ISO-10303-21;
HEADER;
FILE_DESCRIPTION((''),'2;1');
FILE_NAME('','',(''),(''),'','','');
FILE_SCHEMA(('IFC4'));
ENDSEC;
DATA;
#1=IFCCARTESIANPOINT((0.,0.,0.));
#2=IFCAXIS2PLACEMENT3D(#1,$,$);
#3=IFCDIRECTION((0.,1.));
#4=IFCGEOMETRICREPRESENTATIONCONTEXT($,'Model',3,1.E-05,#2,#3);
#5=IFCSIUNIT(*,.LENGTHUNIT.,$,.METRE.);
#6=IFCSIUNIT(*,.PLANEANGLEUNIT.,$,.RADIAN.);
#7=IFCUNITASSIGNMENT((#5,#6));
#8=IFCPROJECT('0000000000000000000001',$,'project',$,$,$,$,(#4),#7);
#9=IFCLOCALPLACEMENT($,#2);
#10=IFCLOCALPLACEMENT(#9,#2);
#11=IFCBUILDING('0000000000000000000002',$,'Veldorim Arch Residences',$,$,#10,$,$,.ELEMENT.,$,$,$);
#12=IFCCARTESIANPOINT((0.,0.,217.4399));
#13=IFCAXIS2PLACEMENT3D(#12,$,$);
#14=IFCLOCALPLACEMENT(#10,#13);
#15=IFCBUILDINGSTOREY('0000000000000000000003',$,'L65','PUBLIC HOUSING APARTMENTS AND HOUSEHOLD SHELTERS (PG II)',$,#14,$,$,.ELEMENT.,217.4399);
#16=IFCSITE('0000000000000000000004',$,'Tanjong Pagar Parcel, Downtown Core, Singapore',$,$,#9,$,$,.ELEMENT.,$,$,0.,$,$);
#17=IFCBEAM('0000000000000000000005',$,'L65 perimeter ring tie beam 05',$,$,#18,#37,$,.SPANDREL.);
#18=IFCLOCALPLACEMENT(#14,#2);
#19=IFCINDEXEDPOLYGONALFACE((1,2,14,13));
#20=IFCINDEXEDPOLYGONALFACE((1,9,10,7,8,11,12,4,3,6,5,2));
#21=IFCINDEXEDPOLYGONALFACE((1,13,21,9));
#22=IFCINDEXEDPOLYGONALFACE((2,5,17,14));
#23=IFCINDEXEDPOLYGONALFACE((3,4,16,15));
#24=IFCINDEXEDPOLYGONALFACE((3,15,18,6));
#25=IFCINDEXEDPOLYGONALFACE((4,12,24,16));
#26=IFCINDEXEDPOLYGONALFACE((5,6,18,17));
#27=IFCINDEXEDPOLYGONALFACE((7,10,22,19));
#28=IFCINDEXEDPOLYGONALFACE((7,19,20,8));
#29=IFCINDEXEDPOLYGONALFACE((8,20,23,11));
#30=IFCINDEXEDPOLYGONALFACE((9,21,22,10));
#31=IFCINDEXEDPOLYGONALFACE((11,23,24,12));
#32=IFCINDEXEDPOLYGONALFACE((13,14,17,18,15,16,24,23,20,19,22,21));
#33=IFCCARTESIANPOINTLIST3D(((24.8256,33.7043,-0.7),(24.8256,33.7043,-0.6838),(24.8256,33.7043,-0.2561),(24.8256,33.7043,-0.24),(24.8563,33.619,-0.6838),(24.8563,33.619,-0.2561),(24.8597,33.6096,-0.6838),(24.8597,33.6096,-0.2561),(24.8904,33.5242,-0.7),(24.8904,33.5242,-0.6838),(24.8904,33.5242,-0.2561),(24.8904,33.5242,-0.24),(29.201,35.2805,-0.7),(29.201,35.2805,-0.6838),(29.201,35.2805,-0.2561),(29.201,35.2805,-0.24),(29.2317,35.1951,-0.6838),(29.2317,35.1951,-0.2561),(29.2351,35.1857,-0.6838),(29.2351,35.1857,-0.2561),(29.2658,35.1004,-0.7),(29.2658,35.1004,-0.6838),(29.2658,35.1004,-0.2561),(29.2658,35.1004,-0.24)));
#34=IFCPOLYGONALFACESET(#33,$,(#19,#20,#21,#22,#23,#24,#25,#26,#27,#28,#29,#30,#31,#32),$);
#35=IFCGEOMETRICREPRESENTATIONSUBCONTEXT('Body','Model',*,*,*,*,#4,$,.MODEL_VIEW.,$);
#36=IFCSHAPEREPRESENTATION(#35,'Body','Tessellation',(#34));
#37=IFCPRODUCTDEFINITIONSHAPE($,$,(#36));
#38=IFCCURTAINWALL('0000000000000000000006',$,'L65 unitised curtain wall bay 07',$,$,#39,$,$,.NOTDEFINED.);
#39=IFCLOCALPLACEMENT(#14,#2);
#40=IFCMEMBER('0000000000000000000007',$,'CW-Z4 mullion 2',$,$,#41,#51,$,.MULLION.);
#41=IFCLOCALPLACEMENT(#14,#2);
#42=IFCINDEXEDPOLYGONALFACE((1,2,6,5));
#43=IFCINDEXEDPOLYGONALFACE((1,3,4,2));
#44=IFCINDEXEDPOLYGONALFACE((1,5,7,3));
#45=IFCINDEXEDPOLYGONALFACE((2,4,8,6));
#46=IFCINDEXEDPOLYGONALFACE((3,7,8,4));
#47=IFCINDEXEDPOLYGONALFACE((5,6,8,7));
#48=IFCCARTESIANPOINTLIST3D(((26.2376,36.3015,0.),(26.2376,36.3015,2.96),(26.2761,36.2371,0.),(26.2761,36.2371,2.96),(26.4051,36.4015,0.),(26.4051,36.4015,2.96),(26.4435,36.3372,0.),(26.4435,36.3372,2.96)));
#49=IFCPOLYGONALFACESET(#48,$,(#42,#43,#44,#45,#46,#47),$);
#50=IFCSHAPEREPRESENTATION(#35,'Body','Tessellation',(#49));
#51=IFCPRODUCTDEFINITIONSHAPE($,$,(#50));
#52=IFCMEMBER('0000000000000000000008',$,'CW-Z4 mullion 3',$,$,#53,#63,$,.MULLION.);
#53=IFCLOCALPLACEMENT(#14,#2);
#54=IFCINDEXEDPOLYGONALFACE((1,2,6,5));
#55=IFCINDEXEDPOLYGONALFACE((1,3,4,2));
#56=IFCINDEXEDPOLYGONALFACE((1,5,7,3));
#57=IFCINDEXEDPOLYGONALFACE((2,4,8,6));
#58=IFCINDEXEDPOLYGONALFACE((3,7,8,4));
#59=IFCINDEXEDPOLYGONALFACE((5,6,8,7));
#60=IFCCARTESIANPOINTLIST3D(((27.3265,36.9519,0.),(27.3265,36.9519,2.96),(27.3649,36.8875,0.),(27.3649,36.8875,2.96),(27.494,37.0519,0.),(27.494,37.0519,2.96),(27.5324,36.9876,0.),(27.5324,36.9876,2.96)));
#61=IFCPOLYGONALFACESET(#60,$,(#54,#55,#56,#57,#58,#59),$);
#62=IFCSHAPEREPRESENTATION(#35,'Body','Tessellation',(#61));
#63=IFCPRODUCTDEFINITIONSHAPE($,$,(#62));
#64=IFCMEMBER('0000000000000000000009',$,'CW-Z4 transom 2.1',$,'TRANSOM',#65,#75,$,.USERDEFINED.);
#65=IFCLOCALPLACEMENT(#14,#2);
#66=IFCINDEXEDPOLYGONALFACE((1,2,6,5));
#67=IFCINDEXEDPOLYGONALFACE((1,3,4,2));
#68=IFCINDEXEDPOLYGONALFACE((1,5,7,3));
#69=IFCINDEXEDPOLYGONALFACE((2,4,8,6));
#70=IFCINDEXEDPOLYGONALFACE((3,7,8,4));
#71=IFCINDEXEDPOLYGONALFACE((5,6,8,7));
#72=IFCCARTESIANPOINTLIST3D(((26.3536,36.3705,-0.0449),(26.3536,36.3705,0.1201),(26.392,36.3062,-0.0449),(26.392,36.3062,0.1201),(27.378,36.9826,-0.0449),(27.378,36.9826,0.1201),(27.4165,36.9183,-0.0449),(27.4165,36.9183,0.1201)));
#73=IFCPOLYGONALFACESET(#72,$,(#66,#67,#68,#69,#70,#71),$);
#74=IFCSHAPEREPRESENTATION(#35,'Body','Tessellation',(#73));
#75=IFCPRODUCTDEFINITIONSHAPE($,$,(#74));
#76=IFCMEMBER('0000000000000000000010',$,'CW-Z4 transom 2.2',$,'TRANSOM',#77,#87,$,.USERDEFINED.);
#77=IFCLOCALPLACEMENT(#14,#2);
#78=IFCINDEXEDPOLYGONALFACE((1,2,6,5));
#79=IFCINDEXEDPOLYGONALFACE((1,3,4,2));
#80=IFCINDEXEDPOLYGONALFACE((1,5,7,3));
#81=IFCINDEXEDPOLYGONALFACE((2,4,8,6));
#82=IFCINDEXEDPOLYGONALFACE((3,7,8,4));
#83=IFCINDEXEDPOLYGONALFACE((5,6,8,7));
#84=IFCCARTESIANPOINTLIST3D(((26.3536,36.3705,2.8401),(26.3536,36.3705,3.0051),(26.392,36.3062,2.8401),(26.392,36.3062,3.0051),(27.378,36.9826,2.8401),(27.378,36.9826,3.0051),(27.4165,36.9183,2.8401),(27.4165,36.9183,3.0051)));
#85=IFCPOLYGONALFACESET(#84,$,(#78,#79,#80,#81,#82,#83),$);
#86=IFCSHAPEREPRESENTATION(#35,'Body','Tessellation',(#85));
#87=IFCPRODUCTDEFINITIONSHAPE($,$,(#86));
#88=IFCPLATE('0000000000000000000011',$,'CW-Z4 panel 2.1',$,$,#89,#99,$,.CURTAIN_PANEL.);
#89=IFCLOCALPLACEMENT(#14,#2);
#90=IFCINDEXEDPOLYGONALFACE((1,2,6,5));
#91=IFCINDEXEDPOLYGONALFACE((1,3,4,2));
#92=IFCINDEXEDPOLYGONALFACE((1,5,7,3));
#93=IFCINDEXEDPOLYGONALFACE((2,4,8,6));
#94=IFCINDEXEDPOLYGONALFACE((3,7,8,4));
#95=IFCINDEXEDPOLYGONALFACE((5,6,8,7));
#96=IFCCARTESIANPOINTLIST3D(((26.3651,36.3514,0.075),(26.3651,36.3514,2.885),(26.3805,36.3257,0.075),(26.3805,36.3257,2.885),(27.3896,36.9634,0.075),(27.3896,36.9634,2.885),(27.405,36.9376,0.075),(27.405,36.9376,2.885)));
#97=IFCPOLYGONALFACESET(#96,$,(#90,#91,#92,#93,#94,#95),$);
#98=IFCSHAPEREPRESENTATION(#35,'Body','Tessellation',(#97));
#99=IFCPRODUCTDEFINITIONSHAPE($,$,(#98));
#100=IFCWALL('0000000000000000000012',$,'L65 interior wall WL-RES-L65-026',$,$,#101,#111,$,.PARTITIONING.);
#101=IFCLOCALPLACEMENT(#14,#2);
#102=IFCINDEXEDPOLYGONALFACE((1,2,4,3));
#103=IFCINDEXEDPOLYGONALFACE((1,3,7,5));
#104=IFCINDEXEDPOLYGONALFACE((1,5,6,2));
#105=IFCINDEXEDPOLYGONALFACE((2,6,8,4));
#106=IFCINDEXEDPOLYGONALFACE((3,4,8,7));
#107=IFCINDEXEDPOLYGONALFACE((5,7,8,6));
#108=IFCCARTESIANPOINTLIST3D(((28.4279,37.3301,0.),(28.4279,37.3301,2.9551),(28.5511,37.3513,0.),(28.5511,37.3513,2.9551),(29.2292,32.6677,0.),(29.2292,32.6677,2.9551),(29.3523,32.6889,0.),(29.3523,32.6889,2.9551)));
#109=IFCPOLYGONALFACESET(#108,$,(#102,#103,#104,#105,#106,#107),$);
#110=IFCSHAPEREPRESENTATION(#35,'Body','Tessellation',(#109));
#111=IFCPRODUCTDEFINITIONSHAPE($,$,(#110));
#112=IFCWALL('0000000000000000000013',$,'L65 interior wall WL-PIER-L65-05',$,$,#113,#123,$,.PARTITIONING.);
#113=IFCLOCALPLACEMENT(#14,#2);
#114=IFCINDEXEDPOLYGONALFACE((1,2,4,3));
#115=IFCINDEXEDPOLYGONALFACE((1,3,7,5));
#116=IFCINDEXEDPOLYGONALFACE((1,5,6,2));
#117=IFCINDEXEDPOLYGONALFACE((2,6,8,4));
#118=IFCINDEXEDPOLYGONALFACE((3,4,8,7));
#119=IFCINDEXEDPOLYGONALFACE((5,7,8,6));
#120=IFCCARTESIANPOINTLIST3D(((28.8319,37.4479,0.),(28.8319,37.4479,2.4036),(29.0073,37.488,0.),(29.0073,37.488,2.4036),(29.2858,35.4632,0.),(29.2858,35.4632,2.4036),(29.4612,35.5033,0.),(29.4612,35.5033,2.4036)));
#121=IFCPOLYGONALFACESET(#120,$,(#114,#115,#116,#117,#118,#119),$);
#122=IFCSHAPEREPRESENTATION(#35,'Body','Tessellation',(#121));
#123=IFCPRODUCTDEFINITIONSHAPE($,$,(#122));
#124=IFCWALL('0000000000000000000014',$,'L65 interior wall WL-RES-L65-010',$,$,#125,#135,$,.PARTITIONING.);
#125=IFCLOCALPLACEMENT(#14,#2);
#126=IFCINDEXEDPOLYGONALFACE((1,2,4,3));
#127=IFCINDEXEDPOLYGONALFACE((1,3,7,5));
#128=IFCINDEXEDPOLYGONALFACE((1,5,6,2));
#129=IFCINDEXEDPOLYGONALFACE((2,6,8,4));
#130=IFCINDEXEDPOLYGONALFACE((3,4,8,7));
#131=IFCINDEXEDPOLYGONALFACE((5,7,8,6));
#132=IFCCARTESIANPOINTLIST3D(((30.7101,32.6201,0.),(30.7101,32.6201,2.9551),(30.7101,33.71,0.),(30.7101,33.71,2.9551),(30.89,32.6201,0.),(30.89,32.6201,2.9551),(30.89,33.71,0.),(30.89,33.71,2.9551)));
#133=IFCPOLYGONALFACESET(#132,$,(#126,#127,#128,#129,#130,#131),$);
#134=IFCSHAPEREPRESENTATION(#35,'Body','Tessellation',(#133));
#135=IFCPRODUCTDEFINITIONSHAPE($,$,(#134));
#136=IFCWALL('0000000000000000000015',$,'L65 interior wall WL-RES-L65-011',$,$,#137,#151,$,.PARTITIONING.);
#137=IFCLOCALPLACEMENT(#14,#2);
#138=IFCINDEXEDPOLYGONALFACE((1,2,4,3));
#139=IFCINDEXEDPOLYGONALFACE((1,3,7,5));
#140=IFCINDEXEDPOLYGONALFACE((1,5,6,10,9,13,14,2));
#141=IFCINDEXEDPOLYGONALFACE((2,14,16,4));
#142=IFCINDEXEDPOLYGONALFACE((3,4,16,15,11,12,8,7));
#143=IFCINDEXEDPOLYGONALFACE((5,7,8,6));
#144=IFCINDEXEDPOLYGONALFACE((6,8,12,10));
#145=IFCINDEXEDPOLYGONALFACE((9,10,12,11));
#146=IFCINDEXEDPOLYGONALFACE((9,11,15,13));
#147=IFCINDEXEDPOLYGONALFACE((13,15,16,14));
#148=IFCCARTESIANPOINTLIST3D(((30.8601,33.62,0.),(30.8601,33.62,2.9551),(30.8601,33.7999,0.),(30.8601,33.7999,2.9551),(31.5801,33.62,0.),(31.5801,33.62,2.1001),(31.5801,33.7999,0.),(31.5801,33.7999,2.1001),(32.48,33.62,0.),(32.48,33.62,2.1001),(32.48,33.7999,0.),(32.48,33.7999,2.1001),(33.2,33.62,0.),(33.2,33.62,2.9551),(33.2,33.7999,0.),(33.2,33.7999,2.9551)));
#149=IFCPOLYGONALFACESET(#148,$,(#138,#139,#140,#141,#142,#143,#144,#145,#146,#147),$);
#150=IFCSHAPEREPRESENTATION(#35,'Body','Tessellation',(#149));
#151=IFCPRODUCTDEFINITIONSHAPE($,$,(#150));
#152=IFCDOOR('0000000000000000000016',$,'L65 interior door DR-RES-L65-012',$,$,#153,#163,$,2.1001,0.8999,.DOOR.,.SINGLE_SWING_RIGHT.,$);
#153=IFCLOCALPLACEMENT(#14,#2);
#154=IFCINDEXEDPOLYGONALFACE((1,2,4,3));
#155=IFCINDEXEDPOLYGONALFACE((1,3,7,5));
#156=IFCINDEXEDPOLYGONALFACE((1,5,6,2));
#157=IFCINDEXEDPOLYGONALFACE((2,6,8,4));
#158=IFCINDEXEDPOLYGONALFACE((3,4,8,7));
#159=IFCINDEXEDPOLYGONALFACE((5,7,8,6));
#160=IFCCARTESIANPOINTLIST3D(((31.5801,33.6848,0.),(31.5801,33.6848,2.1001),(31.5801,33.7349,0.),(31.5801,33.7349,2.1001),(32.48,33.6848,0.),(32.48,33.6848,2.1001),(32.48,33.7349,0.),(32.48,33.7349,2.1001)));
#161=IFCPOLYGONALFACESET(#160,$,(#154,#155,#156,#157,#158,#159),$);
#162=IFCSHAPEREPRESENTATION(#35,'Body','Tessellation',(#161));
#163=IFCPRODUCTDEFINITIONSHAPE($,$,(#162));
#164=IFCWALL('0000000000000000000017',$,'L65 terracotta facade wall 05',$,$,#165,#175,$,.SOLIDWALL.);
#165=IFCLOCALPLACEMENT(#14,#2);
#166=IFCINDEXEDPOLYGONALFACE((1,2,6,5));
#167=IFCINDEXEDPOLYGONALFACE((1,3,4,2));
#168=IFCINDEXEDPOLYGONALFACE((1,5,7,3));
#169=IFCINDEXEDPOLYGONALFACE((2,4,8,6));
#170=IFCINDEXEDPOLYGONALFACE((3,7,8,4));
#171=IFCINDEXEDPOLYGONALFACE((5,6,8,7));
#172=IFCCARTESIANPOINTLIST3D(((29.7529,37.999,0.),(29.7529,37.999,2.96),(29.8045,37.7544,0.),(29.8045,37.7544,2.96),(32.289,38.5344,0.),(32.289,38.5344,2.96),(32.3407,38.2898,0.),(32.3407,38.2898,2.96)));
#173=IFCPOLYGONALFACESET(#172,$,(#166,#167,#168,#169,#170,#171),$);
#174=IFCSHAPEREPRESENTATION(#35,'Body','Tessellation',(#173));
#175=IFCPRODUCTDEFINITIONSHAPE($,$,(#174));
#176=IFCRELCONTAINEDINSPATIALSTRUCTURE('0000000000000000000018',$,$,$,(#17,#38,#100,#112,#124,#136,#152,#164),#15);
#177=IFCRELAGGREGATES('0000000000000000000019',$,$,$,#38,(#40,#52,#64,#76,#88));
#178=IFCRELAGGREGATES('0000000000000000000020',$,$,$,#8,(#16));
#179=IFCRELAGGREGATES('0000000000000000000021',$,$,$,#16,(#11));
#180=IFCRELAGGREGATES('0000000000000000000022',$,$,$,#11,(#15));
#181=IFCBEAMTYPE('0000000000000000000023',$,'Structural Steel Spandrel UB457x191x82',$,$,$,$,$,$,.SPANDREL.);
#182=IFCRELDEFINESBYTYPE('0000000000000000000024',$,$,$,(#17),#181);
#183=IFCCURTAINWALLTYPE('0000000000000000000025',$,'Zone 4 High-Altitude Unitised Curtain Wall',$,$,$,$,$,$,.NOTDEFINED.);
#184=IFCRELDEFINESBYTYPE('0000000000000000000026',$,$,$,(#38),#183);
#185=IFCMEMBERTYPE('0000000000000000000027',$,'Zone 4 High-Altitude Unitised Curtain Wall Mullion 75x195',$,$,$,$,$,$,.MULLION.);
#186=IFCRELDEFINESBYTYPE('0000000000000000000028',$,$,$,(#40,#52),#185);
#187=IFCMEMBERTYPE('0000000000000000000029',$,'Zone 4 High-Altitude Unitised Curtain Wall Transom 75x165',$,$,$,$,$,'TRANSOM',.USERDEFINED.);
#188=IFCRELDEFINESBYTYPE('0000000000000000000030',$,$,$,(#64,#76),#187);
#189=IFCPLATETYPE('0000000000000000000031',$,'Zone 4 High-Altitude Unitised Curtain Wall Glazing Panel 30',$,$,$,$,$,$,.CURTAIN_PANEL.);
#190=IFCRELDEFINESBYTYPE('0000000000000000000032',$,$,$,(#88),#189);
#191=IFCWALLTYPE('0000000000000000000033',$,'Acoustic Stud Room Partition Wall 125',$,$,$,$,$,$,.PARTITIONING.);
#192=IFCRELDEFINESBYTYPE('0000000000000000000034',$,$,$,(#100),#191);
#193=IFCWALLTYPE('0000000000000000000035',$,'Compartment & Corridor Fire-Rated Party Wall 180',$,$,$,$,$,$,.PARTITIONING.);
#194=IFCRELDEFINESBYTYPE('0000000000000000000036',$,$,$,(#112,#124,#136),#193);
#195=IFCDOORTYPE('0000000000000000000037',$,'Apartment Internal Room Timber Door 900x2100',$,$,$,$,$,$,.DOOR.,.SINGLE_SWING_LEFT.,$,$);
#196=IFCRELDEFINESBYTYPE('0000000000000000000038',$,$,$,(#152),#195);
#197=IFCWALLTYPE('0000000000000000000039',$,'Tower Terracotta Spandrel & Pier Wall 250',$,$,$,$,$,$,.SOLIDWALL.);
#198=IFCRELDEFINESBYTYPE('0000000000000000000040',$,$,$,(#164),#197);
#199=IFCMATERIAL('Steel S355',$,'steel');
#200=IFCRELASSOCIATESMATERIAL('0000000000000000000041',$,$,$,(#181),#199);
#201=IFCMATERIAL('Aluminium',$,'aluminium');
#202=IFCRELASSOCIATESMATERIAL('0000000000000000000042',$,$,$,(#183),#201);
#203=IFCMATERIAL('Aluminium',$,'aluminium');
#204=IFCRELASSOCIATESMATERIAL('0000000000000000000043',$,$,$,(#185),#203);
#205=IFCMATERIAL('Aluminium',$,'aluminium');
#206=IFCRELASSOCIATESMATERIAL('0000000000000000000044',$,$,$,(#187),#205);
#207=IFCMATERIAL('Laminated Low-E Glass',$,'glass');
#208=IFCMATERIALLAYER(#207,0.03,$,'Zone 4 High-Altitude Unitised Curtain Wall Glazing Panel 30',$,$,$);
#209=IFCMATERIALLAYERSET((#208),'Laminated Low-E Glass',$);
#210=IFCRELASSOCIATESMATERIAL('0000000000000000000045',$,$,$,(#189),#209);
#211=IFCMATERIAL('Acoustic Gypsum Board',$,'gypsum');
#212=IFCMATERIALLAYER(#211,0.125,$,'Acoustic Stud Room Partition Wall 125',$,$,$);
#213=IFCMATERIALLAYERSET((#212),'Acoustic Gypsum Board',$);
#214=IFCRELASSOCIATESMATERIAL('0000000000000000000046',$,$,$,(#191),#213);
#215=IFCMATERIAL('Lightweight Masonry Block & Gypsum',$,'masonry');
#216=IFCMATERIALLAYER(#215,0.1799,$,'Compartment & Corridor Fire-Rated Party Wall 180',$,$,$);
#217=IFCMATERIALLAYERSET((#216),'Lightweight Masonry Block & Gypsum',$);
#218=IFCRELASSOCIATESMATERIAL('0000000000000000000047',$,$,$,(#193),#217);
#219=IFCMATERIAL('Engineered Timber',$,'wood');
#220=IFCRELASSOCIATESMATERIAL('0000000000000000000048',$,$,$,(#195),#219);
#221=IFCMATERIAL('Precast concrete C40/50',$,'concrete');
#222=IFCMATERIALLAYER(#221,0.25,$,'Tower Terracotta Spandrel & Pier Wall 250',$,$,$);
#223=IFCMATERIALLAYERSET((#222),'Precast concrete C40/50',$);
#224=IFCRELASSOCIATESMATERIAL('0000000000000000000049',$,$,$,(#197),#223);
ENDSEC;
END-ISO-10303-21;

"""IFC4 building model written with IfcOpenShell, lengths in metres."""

from ifc_helpers import new_model, si_unit, direction, frame, frame_2d, origin, origin_2d, place, context, subcontext, project, spatial, rectangle, i_section, extrude, material, layer, layer_set, material_profile, profile_set, type_object, element, fill, aggregate, save


model = new_model("IFC4")

# Units and contexts
model_context = context("Model", 3, precision=1e-05, world=origin(), true_north=direction((0.0, 1.0)))
body_context = subcontext(model_context, "Body", "Model", "MODEL_VIEW")
ifc_project = project(units=[si_unit("LENGTHUNIT", "METRE"), si_unit("PLANEANGLEUNIT", "RADIAN")], contexts=[model_context])

# Site, building, storey
site_placement = place(None, origin())
site = spatial("IfcSite", under=ifc_project, at=site_placement, Name="Tanjong Pagar Parcel, Downtown Core, Singapore", CompositionType="ELEMENT", RefElevation=0.0)
building_placement = place(site_placement, origin())
building = spatial("IfcBuilding", under=site, at=building_placement, Name="Veldorim Arch Residences", CompositionType="ELEMENT")
storey_placement = place(building_placement, frame((0.0, 0.0, 217.4399)))
storey = spatial("IfcBuildingStorey", under=building, at=storey_placement, Name="L65", Description="PUBLIC HOUSING APARTMENTS AND HOUSEHOLD SHELTERS (PG II)", CompositionType="ELEMENT", Elevation=217.4399)

# Beam
ifc_material_1 = material(Name="Steel S355", Category="steel")
ifc_material_profile_1 = material_profile(ifc_material_1, i_section(OverallWidth=0.1914, OverallDepth=0.46, WebThickness=0.01, FlangeThickness=0.0161, at=origin_2d()), Name="UB457x191x82")
ifc_profile_set_1 = profile_set([ifc_material_profile_1], Name="Steel S355")
beam_type_1 = type_object("IfcBeamType", Name="Structural Steel Spandrel UB457x191x82", PredefinedType="SPANDREL", material=ifc_profile_set_1)
beam_1_placement = place(storey_placement, frame((29.2334, 35.1904, -0.47), z_axis=(-0.940819, -0.338909, 0.0), x_axis=(0.338909, -0.940819, 0.0)))
element("IfcBeam", 1, at=beam_1_placement, inside=storey, type_object=beam_type_1, Name="L65 perimeter ring tie beam 05", PredefinedType="SPANDREL", context=body_context, shape_type="SweptSolid", body=[
    extrude(i_section(OverallWidth=0.1914, OverallDepth=0.46, WebThickness=0.01, FlangeThickness=0.0161, at=origin_2d()), origin(), (0.0, 0.0, 1.0), 4.6506),
])

# Curtain wall, members, plate
ifc_material_2 = material(Name="Aluminium", Category="aluminium")
curtain_wall_type = type_object("IfcCurtainWallType", Name="Zone 4 High-Altitude Unitised Curtain Wall", PredefinedType="NOTDEFINED", material=ifc_material_2)
curtain_wall_placement = place(storey_placement, origin())
curtain_wall = element("IfcCurtainWall", 2, at=curtain_wall_placement, inside=storey, type_object=curtain_wall_type, Name="L65 unitised curtain wall bay 07", PredefinedType="NOTDEFINED")
ifc_material_3 = material(Name="Aluminium", Category="aluminium")
ifc_material_profile_2 = material_profile(ifc_material_3, rectangle(XDim=0.075, YDim=0.1951, at=origin_2d()), Name="ALU_MUL_75x195")
ifc_profile_set_2 = profile_set([ifc_material_profile_2], Name="Aluminium")
member_type_1 = type_object("IfcMemberType", Name="Zone 4 High-Altitude Unitised Curtain Wall Mullion 75x195", PredefinedType="MULLION", material=ifc_profile_set_2)
member_1_placement = place(storey_placement, frame((26.3406, 36.3193, 0.0), z_axis=(0.0, 0.0, 1.0), x_axis=(-0.512817, 0.858498, 0.0)))
member_1 = element("IfcMember", 3, at=member_1_placement, type_object=member_type_1, Name="CW-Z4 mullion 2", PredefinedType="MULLION", context=body_context, shape_type="SweptSolid", body=[
    extrude(rectangle(XDim=0.075, YDim=0.1951, at=origin_2d()), origin(), (0.0, 0.0, 1.0), 2.96),
])
member_2_placement = place(storey_placement, frame((27.4294, 36.9697, 0.0), z_axis=(0.0, 0.0, 1.0), x_axis=(-0.512817, 0.858498, 0.0)))
member_2 = element("IfcMember", 4, at=member_2_placement, type_object=member_type_1, Name="CW-Z4 mullion 3", PredefinedType="MULLION", context=body_context, shape_type="SweptSolid", body=[
    extrude(rectangle(XDim=0.075, YDim=0.1951, at=origin_2d()), origin(), (0.0, 0.0, 1.0), 2.96),
])
ifc_material_4 = material(Name="Aluminium", Category="aluminium")
ifc_material_profile_3 = material_profile(ifc_material_4, rectangle(XDim=0.075, YDim=0.165, at=origin_2d()), Name="ALU_TRN_75x165")
ifc_profile_set_3 = profile_set([ifc_material_profile_3], Name="Aluminium")
member_type_2 = type_object("IfcMemberType", Name="Zone 4 High-Altitude Unitised Curtain Wall Transom 75x165", ElementType="TRANSOM", PredefinedType="USERDEFINED", material=ifc_profile_set_3)
member_3_placement = place(storey_placement, frame((26.3728, 36.3384, 0.0376), z_axis=(0.858448, 0.5129, 0.0), x_axis=(-0.5129, 0.858448, 0.0)))
member_3 = element("IfcMember", 5, at=member_3_placement, type_object=member_type_2, Name="CW-Z4 transom 2.1", ObjectType="TRANSOM", PredefinedType="USERDEFINED", context=body_context, shape_type="SweptSolid", body=[
    extrude(rectangle(XDim=0.075, YDim=0.165, at=origin_2d()), origin(), (0.0, 0.0, 1.0), 1.1934),
])
member_4_placement = place(storey_placement, frame((26.3728, 36.3384, 2.9226), z_axis=(0.858448, 0.5129, 0.0), x_axis=(-0.5129, 0.858448, 0.0)))
member_4 = element("IfcMember", 6, at=member_4_placement, type_object=member_type_2, Name="CW-Z4 transom 2.2", ObjectType="TRANSOM", PredefinedType="USERDEFINED", context=body_context, shape_type="SweptSolid", body=[
    extrude(rectangle(XDim=0.075, YDim=0.165, at=origin_2d()), origin(), (0.0, 0.0, 1.0), 1.1934),
])
ifc_material_5 = material(Name="Laminated Low-E Glass", Category="glass")
ifc_layer_1 = layer(ifc_material_5, 0.03, Name="Zone 4 High-Altitude Unitised Curtain Wall Glazing Panel 30")
ifc_layer_set_1 = layer_set([ifc_layer_1], Name="Laminated Low-E Glass")
plate_type = type_object("IfcPlateType", Name="Zone 4 High-Altitude Unitised Curtain Wall Glazing Panel 30", PredefinedType="CURTAIN_PANEL", material=ifc_layer_set_1)
plate_placement = place(storey_placement, frame((26.885, 36.6445, 0.075), z_axis=(0.0, 0.0, 1.0), x_axis=(0.858498, 0.512817, 0.0)))
plate = element("IfcPlate", 7, at=plate_placement, type_object=plate_type, Name="CW-Z4 panel 2.1", PredefinedType="CURTAIN_PANEL", context=body_context, shape_type="SweptSolid", body=[
    extrude(rectangle(XDim=1.1934, YDim=0.03, at=origin_2d()), origin(), (0.0, 0.0, 1.0), 2.8101),
])
aggregate(curtain_wall, [member_1, member_2, member_3, member_4, plate])

# Walls
ifc_material_6 = material(Name="Acoustic Gypsum Board", Category="gypsum")
ifc_layer_2 = layer(ifc_material_6, 0.125, Name="Acoustic Stud Room Partition Wall 125")
ifc_layer_set_2 = layer_set([ifc_layer_2], Name="Acoustic Gypsum Board")
wall_type_1 = type_object("IfcWallType", Name="Acoustic Stud Room Partition Wall 125", PredefinedType="PARTITIONING", material=ifc_layer_set_2)
wall_1_placement = place(storey_placement, frame((28.4895, 37.3406, 0.0), z_axis=(0.0, 0.0, 1.0), x_axis=(0.169376, -0.985551, 0.0)))
element("IfcWall", 8, at=wall_1_placement, inside=storey, type_object=wall_type_1, Name="L65 interior wall WL-RES-L65-026", PredefinedType="PARTITIONING", context=body_context, shape_type="SweptSolid", body=[
    extrude(rectangle(XDim=4.7307, YDim=0.125, at=frame_2d((2.3652, 0.0))), origin(), (0.0, 0.0, 1.0), 2.9551),
])
ifc_material_7 = material(Name="Lightweight Masonry Block & Gypsum", Category="masonry")
ifc_layer_3 = layer(ifc_material_7, 0.1799, Name="Compartment & Corridor Fire-Rated Party Wall 180")
ifc_layer_set_3 = layer_set([ifc_layer_3], Name="Lightweight Masonry Block & Gypsum")
wall_type_2 = type_object("IfcWallType", Name="Compartment & Corridor Fire-Rated Party Wall 180", PredefinedType="PARTITIONING", material=ifc_layer_set_3)
wall_2_placement = place(storey_placement, frame((29.3735, 35.4832, 0.0), z_axis=(0.0, 0.0, 1.0), x_axis=(-0.222932, 0.974834, 0.0)))
element("IfcWall", 9, at=wall_2_placement, inside=storey, type_object=wall_type_2, Name="L65 interior wall WL-PIER-L65-05", PredefinedType="PARTITIONING", context=body_context, shape_type="SweptSolid", body=[
    extrude(rectangle(XDim=2.0359, YDim=0.1799, at=frame_2d((1.0181, 0.0))), origin(), (0.0, 0.0, 1.0), 2.4036),
])
wall_3_placement = place(storey_placement, frame((30.8, 32.6201, 0.0), z_axis=(0.0, 0.0, 1.0), x_axis=(0.0, 1.0, 0.0)))
element("IfcWall", 10, at=wall_3_placement, inside=storey, type_object=wall_type_2, Name="L65 interior wall WL-RES-L65-010", PredefinedType="PARTITIONING", context=body_context, shape_type="SweptSolid", body=[
    extrude(rectangle(XDim=1.0898, YDim=0.1799, at=frame_2d((0.5449, 0.0))), origin(), (0.0, 0.0, 1.0), 2.9551),
])

# Wall, opening, door
wall_4_placement = place(storey_placement, frame((30.8601, 33.71, 0.0), z_axis=(0.0, 0.0, 1.0), x_axis=(1.0, 0.0, 0.0)))
wall_4 = element("IfcWall", 11, at=wall_4_placement, inside=storey, type_object=wall_type_2, Name="L65 interior wall WL-RES-L65-011", PredefinedType="PARTITIONING", context=body_context, shape_type="SweptSolid", body=[
    extrude(rectangle(XDim=2.3398, YDim=0.1799, at=frame_2d((1.1699, 0.0))), origin(), (0.0, 0.0, 1.0), 2.9551),
])
opening_placement = place(wall_4_placement, frame((0.72, 0.0, 0.0)))
opening = element("IfcOpeningElement", 12, at=opening_placement, cuts=wall_4, PredefinedType="OPENING", context=body_context, shape_type="SweptSolid", body=[
    extrude(rectangle(XDim=0.8999, YDim=2.1001, at=frame_2d((0.45, 1.05))), frame((0.0, 0.0999, 0.0), z_axis=(0.0, -1.0, 0.0), x_axis=(1.0, 0.0, 0.0)), (0.0, 0.0, 1.0), 0.2),
])
ifc_material_8 = material(Name="Engineered Timber", Category="wood")
door_type = type_object("IfcDoorType", Name="Apartment Internal Room Timber Door 900x2100", OperationType="SINGLE_SWING_LEFT", PredefinedType="DOOR", material=ifc_material_8)
door_placement = place(opening_placement, origin())
door = element("IfcDoor", 13, at=door_placement, inside=storey, type_object=door_type, Name="L65 interior door DR-RES-L65-012", OperationType="SINGLE_SWING_RIGHT", OverallHeight=2.1001, OverallWidth=0.8999, PredefinedType="DOOR", context=body_context, shape_type="SweptSolid", body=[
    extrude(rectangle(XDim=0.8999, YDim=2.1001, at=frame_2d((0.45, 1.05))), frame((0.0, 0.0249, 0.0), z_axis=(0.0, -1.0, 0.0), x_axis=(1.0, 0.0, 0.0)), (0.0, 0.0, 1.0), 0.05),
])
fill(opening, door)

# Wall
ifc_material_9 = material(Name="Precast concrete C40/50", Category="concrete")
ifc_layer_4 = layer(ifc_material_9, 0.25, Name="Tower Terracotta Spandrel & Pier Wall 250")
ifc_layer_set_4 = layer_set([ifc_layer_4], Name="Precast concrete C40/50")
wall_type_3 = type_object("IfcWallType", Name="Tower Terracotta Spandrel & Pier Wall 250", PredefinedType="SOLIDWALL", material=ifc_layer_set_4)
wall_5_placement = place(storey_placement, frame((29.7788, 37.8767, 0.0), z_axis=(0.0, 0.0, 1.0), x_axis=(0.978435, 0.206556, 0.0)))
element("IfcWall", 14, at=wall_5_placement, inside=storey, type_object=wall_type_3, Name="L65 terracotta facade wall 05", PredefinedType="SOLIDWALL", context=body_context, shape_type="SweptSolid", body=[
    extrude(rectangle(XDim=2.592, YDim=0.25, at=frame_2d((1.2959, 0.0))), origin(), (0.0, 0.0, 1.0), 2.96),
])

save(model, "model.ifc")
